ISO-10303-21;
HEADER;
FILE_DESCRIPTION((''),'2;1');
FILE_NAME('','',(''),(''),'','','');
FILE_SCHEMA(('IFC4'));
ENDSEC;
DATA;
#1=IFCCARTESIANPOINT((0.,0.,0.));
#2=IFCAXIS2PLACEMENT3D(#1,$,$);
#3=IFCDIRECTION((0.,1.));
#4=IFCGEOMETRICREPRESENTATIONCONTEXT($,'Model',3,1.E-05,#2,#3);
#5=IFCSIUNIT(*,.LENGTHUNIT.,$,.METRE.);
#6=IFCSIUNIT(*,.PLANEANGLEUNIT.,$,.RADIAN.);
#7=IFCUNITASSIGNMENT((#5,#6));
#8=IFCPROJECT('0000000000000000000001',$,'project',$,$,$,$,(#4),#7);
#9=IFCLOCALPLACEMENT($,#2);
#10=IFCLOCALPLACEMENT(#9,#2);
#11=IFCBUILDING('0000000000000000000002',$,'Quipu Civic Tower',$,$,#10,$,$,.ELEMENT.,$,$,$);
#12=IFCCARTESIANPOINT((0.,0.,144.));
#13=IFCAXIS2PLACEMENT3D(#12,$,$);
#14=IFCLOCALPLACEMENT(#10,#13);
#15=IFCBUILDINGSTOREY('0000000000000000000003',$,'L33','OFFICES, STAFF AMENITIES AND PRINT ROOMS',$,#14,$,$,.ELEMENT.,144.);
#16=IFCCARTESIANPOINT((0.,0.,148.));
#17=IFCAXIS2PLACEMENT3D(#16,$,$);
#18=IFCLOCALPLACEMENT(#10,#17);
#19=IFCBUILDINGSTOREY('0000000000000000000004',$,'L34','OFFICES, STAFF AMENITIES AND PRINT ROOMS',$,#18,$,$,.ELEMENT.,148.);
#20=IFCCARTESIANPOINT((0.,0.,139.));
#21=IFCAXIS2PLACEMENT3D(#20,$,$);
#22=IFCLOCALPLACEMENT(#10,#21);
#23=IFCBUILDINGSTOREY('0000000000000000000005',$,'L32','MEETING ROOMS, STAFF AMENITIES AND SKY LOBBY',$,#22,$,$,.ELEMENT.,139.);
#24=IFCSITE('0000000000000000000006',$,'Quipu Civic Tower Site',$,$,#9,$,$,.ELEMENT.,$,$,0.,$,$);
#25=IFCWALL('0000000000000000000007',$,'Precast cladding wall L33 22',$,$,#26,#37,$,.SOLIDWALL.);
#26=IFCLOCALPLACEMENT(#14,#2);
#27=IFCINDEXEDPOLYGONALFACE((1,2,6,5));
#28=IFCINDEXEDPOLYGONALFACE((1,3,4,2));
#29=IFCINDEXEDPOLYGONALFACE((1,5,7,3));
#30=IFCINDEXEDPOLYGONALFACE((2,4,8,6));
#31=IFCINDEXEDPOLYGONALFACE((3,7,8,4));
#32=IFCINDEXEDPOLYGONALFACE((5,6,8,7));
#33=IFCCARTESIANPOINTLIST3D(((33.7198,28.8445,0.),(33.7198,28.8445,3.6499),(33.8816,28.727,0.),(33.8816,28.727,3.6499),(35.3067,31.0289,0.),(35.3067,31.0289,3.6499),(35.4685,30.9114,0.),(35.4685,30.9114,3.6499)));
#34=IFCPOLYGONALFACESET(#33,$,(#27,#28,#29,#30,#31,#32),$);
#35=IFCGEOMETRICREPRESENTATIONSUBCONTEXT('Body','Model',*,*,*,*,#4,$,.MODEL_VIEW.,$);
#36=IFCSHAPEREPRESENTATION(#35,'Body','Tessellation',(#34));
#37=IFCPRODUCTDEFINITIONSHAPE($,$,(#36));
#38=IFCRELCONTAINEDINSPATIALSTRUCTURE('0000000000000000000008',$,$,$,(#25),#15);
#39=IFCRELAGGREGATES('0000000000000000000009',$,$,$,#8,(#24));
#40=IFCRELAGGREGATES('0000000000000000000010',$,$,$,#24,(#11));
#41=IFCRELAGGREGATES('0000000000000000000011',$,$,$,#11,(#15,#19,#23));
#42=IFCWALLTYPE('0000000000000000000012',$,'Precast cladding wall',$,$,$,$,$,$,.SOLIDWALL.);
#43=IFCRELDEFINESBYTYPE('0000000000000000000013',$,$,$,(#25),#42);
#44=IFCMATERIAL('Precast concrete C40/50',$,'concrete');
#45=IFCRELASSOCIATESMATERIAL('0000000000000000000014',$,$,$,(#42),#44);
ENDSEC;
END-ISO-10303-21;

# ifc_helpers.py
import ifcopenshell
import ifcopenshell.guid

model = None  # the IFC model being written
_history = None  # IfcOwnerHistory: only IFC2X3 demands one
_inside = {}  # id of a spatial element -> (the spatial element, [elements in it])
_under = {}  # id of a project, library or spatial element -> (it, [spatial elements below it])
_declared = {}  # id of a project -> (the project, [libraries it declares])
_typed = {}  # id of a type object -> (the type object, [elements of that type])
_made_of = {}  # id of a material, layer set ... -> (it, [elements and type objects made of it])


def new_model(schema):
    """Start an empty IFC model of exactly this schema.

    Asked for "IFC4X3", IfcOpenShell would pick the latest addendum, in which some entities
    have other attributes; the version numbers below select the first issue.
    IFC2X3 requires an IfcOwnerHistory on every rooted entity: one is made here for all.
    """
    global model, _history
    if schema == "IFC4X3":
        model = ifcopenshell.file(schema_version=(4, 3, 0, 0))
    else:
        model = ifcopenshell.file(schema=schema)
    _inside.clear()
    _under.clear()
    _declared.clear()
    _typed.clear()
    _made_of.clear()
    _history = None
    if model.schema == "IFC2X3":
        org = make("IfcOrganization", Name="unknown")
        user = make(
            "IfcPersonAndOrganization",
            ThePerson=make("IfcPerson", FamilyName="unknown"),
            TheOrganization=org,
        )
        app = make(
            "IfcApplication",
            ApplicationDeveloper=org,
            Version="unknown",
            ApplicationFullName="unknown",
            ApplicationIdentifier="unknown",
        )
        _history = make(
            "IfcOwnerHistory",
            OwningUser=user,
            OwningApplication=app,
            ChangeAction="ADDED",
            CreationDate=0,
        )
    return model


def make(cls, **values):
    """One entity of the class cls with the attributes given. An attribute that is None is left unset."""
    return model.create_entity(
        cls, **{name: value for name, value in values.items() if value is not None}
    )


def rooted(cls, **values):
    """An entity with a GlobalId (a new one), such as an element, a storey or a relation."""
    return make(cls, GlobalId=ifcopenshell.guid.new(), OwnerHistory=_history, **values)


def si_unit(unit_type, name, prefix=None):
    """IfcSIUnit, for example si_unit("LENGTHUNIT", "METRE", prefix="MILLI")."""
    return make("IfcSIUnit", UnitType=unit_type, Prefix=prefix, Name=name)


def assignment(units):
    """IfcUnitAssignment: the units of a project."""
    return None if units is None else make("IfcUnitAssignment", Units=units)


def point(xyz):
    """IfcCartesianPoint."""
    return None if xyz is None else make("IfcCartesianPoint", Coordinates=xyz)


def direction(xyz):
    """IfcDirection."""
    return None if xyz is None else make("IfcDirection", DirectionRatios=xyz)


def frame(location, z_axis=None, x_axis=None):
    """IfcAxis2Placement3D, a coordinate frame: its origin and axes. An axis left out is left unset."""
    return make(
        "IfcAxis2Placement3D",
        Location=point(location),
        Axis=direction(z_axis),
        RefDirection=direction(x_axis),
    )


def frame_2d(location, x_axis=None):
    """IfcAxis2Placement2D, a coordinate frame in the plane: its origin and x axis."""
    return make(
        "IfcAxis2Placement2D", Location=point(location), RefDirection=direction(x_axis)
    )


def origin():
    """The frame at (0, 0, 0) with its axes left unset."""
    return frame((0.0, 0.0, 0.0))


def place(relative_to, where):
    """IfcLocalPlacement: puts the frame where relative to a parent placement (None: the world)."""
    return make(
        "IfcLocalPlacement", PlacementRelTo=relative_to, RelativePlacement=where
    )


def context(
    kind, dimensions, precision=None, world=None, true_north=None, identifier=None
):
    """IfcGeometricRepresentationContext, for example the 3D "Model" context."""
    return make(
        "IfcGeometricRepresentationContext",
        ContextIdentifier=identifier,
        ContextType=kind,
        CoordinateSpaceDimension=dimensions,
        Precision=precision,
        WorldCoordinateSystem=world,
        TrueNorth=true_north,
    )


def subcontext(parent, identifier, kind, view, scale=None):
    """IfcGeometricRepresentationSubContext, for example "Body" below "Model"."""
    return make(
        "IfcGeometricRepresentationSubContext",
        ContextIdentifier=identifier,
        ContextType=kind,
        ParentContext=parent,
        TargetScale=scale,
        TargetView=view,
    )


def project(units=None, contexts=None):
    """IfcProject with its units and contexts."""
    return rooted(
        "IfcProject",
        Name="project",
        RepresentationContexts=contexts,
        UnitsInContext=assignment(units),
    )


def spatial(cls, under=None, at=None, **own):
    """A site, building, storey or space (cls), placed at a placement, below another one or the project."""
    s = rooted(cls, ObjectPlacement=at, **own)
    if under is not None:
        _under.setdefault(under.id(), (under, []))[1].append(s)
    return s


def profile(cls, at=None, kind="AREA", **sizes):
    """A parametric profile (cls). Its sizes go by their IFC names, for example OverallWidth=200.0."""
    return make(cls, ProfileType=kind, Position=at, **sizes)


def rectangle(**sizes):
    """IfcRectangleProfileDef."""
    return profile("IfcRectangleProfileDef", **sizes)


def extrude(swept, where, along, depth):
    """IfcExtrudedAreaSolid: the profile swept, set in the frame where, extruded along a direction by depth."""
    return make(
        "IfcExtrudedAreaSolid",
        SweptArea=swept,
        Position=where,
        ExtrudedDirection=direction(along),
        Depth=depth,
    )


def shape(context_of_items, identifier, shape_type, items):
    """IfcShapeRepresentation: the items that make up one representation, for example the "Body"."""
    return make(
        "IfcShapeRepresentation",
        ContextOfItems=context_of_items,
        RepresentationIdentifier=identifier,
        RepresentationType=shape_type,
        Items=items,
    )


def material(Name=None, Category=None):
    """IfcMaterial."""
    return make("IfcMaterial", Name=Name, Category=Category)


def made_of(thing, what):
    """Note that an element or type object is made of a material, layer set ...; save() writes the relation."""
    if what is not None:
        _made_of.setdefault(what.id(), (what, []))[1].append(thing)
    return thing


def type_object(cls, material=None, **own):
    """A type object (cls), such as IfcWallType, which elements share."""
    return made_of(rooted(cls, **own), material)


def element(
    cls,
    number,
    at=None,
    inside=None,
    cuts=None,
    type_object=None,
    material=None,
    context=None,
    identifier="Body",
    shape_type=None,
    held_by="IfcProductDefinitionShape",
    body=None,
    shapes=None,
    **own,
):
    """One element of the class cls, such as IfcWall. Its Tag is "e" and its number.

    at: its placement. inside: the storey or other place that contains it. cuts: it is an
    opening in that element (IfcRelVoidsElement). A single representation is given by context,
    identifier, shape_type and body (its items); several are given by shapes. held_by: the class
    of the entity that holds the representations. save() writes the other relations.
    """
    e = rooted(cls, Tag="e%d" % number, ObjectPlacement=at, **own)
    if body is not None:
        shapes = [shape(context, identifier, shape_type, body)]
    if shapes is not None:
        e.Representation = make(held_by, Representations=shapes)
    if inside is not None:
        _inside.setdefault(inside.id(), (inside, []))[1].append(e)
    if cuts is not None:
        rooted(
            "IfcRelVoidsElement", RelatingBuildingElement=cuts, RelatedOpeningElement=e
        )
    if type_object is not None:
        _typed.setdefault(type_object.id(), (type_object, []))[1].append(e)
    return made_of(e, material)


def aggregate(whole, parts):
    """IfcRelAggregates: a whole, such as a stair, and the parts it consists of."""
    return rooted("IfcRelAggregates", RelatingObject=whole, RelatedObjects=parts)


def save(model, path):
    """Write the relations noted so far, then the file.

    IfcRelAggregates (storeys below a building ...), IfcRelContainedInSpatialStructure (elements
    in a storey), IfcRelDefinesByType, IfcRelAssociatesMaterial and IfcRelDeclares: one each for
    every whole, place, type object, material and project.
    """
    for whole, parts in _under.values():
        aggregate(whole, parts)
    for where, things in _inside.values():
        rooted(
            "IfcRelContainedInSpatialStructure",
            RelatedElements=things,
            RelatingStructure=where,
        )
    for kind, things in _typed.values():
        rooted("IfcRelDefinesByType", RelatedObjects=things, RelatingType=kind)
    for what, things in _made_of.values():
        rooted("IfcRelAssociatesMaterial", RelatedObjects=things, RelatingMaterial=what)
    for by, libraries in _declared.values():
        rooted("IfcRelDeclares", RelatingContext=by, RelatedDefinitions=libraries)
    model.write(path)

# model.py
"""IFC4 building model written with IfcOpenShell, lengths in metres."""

from ifc_helpers import new_model, si_unit, direction, frame, frame_2d, origin, place, context, subcontext, project, spatial, rectangle, extrude, material, type_object, element, save


model = new_model("IFC4")

# Units and contexts
model_context = context("Model", 3, precision=1e-05, world=origin(), true_north=direction((0.0, 1.0)))
body_context = subcontext(model_context, "Body", "Model", "MODEL_VIEW")
ifc_project = project(units=[si_unit("LENGTHUNIT", "METRE"), si_unit("PLANEANGLEUNIT", "RADIAN")], contexts=[model_context])

# Site, building, storey
site_placement = place(None, origin())
site = spatial("IfcSite", under=ifc_project, at=site_placement, Name="Quipu Civic Tower Site", CompositionType="ELEMENT", RefElevation=0.0)
building_placement = place(site_placement, origin())
building = spatial("IfcBuilding", under=site, at=building_placement, Name="Quipu Civic Tower", CompositionType="ELEMENT")
storey_1_placement = place(building_placement, frame((0.0, 0.0, 144.0)))
storey_1 = spatial("IfcBuildingStorey", under=building, at=storey_1_placement, Name="L33", Description="OFFICES, STAFF AMENITIES AND PRINT ROOMS", CompositionType="ELEMENT", Elevation=144.0)

# Shared definitions
storey_2_placement = place(building_placement, frame((0.0, 0.0, 148.0)))
storey_2 = spatial("IfcBuildingStorey", under=building, at=storey_2_placement, Name="L34", Description="OFFICES, STAFF AMENITIES AND PRINT ROOMS", CompositionType="ELEMENT", Elevation=148.0)

# Shared definitions
storey_3_placement = place(building_placement, frame((0.0, 0.0, 139.0)))
storey_3 = spatial("IfcBuildingStorey", under=building, at=storey_3_placement, Name="L32", Description="MEETING ROOMS, STAFF AMENITIES AND SKY LOBBY", CompositionType="ELEMENT", Elevation=139.0)

# Wall
ifc_material_1 = material(Name="Precast concrete C40/50", Category="concrete")
wall_type_1 = type_object("IfcWallType", Name="Precast cladding wall", PredefinedType="SOLIDWALL", material=ifc_material_1)
for number, where, z_axis, x_axis, name in (
    (1, (35.3877, 30.9702, 0.0), (0.0, 0.0, 1.0), (-0.587763, -0.809033, 0.0), "Precast cladding wall L33 22"),
):
    element("IfcWall", number, at=place(storey_1_placement, frame(where, z_axis=z_axis, x_axis=x_axis)), inside=storey_1, type_object=wall_type_1, Name=name, PredefinedType="SOLIDWALL", context=body_context, shape_type="SweptSolid", body=[
        extrude(rectangle(XDim=2.7, YDim=0.2, at=frame_2d((1.3501, 0.0))), origin(), (0.0, 0.0, 1.0), 3.6499),
    ])

save(model, "model.ifc")
